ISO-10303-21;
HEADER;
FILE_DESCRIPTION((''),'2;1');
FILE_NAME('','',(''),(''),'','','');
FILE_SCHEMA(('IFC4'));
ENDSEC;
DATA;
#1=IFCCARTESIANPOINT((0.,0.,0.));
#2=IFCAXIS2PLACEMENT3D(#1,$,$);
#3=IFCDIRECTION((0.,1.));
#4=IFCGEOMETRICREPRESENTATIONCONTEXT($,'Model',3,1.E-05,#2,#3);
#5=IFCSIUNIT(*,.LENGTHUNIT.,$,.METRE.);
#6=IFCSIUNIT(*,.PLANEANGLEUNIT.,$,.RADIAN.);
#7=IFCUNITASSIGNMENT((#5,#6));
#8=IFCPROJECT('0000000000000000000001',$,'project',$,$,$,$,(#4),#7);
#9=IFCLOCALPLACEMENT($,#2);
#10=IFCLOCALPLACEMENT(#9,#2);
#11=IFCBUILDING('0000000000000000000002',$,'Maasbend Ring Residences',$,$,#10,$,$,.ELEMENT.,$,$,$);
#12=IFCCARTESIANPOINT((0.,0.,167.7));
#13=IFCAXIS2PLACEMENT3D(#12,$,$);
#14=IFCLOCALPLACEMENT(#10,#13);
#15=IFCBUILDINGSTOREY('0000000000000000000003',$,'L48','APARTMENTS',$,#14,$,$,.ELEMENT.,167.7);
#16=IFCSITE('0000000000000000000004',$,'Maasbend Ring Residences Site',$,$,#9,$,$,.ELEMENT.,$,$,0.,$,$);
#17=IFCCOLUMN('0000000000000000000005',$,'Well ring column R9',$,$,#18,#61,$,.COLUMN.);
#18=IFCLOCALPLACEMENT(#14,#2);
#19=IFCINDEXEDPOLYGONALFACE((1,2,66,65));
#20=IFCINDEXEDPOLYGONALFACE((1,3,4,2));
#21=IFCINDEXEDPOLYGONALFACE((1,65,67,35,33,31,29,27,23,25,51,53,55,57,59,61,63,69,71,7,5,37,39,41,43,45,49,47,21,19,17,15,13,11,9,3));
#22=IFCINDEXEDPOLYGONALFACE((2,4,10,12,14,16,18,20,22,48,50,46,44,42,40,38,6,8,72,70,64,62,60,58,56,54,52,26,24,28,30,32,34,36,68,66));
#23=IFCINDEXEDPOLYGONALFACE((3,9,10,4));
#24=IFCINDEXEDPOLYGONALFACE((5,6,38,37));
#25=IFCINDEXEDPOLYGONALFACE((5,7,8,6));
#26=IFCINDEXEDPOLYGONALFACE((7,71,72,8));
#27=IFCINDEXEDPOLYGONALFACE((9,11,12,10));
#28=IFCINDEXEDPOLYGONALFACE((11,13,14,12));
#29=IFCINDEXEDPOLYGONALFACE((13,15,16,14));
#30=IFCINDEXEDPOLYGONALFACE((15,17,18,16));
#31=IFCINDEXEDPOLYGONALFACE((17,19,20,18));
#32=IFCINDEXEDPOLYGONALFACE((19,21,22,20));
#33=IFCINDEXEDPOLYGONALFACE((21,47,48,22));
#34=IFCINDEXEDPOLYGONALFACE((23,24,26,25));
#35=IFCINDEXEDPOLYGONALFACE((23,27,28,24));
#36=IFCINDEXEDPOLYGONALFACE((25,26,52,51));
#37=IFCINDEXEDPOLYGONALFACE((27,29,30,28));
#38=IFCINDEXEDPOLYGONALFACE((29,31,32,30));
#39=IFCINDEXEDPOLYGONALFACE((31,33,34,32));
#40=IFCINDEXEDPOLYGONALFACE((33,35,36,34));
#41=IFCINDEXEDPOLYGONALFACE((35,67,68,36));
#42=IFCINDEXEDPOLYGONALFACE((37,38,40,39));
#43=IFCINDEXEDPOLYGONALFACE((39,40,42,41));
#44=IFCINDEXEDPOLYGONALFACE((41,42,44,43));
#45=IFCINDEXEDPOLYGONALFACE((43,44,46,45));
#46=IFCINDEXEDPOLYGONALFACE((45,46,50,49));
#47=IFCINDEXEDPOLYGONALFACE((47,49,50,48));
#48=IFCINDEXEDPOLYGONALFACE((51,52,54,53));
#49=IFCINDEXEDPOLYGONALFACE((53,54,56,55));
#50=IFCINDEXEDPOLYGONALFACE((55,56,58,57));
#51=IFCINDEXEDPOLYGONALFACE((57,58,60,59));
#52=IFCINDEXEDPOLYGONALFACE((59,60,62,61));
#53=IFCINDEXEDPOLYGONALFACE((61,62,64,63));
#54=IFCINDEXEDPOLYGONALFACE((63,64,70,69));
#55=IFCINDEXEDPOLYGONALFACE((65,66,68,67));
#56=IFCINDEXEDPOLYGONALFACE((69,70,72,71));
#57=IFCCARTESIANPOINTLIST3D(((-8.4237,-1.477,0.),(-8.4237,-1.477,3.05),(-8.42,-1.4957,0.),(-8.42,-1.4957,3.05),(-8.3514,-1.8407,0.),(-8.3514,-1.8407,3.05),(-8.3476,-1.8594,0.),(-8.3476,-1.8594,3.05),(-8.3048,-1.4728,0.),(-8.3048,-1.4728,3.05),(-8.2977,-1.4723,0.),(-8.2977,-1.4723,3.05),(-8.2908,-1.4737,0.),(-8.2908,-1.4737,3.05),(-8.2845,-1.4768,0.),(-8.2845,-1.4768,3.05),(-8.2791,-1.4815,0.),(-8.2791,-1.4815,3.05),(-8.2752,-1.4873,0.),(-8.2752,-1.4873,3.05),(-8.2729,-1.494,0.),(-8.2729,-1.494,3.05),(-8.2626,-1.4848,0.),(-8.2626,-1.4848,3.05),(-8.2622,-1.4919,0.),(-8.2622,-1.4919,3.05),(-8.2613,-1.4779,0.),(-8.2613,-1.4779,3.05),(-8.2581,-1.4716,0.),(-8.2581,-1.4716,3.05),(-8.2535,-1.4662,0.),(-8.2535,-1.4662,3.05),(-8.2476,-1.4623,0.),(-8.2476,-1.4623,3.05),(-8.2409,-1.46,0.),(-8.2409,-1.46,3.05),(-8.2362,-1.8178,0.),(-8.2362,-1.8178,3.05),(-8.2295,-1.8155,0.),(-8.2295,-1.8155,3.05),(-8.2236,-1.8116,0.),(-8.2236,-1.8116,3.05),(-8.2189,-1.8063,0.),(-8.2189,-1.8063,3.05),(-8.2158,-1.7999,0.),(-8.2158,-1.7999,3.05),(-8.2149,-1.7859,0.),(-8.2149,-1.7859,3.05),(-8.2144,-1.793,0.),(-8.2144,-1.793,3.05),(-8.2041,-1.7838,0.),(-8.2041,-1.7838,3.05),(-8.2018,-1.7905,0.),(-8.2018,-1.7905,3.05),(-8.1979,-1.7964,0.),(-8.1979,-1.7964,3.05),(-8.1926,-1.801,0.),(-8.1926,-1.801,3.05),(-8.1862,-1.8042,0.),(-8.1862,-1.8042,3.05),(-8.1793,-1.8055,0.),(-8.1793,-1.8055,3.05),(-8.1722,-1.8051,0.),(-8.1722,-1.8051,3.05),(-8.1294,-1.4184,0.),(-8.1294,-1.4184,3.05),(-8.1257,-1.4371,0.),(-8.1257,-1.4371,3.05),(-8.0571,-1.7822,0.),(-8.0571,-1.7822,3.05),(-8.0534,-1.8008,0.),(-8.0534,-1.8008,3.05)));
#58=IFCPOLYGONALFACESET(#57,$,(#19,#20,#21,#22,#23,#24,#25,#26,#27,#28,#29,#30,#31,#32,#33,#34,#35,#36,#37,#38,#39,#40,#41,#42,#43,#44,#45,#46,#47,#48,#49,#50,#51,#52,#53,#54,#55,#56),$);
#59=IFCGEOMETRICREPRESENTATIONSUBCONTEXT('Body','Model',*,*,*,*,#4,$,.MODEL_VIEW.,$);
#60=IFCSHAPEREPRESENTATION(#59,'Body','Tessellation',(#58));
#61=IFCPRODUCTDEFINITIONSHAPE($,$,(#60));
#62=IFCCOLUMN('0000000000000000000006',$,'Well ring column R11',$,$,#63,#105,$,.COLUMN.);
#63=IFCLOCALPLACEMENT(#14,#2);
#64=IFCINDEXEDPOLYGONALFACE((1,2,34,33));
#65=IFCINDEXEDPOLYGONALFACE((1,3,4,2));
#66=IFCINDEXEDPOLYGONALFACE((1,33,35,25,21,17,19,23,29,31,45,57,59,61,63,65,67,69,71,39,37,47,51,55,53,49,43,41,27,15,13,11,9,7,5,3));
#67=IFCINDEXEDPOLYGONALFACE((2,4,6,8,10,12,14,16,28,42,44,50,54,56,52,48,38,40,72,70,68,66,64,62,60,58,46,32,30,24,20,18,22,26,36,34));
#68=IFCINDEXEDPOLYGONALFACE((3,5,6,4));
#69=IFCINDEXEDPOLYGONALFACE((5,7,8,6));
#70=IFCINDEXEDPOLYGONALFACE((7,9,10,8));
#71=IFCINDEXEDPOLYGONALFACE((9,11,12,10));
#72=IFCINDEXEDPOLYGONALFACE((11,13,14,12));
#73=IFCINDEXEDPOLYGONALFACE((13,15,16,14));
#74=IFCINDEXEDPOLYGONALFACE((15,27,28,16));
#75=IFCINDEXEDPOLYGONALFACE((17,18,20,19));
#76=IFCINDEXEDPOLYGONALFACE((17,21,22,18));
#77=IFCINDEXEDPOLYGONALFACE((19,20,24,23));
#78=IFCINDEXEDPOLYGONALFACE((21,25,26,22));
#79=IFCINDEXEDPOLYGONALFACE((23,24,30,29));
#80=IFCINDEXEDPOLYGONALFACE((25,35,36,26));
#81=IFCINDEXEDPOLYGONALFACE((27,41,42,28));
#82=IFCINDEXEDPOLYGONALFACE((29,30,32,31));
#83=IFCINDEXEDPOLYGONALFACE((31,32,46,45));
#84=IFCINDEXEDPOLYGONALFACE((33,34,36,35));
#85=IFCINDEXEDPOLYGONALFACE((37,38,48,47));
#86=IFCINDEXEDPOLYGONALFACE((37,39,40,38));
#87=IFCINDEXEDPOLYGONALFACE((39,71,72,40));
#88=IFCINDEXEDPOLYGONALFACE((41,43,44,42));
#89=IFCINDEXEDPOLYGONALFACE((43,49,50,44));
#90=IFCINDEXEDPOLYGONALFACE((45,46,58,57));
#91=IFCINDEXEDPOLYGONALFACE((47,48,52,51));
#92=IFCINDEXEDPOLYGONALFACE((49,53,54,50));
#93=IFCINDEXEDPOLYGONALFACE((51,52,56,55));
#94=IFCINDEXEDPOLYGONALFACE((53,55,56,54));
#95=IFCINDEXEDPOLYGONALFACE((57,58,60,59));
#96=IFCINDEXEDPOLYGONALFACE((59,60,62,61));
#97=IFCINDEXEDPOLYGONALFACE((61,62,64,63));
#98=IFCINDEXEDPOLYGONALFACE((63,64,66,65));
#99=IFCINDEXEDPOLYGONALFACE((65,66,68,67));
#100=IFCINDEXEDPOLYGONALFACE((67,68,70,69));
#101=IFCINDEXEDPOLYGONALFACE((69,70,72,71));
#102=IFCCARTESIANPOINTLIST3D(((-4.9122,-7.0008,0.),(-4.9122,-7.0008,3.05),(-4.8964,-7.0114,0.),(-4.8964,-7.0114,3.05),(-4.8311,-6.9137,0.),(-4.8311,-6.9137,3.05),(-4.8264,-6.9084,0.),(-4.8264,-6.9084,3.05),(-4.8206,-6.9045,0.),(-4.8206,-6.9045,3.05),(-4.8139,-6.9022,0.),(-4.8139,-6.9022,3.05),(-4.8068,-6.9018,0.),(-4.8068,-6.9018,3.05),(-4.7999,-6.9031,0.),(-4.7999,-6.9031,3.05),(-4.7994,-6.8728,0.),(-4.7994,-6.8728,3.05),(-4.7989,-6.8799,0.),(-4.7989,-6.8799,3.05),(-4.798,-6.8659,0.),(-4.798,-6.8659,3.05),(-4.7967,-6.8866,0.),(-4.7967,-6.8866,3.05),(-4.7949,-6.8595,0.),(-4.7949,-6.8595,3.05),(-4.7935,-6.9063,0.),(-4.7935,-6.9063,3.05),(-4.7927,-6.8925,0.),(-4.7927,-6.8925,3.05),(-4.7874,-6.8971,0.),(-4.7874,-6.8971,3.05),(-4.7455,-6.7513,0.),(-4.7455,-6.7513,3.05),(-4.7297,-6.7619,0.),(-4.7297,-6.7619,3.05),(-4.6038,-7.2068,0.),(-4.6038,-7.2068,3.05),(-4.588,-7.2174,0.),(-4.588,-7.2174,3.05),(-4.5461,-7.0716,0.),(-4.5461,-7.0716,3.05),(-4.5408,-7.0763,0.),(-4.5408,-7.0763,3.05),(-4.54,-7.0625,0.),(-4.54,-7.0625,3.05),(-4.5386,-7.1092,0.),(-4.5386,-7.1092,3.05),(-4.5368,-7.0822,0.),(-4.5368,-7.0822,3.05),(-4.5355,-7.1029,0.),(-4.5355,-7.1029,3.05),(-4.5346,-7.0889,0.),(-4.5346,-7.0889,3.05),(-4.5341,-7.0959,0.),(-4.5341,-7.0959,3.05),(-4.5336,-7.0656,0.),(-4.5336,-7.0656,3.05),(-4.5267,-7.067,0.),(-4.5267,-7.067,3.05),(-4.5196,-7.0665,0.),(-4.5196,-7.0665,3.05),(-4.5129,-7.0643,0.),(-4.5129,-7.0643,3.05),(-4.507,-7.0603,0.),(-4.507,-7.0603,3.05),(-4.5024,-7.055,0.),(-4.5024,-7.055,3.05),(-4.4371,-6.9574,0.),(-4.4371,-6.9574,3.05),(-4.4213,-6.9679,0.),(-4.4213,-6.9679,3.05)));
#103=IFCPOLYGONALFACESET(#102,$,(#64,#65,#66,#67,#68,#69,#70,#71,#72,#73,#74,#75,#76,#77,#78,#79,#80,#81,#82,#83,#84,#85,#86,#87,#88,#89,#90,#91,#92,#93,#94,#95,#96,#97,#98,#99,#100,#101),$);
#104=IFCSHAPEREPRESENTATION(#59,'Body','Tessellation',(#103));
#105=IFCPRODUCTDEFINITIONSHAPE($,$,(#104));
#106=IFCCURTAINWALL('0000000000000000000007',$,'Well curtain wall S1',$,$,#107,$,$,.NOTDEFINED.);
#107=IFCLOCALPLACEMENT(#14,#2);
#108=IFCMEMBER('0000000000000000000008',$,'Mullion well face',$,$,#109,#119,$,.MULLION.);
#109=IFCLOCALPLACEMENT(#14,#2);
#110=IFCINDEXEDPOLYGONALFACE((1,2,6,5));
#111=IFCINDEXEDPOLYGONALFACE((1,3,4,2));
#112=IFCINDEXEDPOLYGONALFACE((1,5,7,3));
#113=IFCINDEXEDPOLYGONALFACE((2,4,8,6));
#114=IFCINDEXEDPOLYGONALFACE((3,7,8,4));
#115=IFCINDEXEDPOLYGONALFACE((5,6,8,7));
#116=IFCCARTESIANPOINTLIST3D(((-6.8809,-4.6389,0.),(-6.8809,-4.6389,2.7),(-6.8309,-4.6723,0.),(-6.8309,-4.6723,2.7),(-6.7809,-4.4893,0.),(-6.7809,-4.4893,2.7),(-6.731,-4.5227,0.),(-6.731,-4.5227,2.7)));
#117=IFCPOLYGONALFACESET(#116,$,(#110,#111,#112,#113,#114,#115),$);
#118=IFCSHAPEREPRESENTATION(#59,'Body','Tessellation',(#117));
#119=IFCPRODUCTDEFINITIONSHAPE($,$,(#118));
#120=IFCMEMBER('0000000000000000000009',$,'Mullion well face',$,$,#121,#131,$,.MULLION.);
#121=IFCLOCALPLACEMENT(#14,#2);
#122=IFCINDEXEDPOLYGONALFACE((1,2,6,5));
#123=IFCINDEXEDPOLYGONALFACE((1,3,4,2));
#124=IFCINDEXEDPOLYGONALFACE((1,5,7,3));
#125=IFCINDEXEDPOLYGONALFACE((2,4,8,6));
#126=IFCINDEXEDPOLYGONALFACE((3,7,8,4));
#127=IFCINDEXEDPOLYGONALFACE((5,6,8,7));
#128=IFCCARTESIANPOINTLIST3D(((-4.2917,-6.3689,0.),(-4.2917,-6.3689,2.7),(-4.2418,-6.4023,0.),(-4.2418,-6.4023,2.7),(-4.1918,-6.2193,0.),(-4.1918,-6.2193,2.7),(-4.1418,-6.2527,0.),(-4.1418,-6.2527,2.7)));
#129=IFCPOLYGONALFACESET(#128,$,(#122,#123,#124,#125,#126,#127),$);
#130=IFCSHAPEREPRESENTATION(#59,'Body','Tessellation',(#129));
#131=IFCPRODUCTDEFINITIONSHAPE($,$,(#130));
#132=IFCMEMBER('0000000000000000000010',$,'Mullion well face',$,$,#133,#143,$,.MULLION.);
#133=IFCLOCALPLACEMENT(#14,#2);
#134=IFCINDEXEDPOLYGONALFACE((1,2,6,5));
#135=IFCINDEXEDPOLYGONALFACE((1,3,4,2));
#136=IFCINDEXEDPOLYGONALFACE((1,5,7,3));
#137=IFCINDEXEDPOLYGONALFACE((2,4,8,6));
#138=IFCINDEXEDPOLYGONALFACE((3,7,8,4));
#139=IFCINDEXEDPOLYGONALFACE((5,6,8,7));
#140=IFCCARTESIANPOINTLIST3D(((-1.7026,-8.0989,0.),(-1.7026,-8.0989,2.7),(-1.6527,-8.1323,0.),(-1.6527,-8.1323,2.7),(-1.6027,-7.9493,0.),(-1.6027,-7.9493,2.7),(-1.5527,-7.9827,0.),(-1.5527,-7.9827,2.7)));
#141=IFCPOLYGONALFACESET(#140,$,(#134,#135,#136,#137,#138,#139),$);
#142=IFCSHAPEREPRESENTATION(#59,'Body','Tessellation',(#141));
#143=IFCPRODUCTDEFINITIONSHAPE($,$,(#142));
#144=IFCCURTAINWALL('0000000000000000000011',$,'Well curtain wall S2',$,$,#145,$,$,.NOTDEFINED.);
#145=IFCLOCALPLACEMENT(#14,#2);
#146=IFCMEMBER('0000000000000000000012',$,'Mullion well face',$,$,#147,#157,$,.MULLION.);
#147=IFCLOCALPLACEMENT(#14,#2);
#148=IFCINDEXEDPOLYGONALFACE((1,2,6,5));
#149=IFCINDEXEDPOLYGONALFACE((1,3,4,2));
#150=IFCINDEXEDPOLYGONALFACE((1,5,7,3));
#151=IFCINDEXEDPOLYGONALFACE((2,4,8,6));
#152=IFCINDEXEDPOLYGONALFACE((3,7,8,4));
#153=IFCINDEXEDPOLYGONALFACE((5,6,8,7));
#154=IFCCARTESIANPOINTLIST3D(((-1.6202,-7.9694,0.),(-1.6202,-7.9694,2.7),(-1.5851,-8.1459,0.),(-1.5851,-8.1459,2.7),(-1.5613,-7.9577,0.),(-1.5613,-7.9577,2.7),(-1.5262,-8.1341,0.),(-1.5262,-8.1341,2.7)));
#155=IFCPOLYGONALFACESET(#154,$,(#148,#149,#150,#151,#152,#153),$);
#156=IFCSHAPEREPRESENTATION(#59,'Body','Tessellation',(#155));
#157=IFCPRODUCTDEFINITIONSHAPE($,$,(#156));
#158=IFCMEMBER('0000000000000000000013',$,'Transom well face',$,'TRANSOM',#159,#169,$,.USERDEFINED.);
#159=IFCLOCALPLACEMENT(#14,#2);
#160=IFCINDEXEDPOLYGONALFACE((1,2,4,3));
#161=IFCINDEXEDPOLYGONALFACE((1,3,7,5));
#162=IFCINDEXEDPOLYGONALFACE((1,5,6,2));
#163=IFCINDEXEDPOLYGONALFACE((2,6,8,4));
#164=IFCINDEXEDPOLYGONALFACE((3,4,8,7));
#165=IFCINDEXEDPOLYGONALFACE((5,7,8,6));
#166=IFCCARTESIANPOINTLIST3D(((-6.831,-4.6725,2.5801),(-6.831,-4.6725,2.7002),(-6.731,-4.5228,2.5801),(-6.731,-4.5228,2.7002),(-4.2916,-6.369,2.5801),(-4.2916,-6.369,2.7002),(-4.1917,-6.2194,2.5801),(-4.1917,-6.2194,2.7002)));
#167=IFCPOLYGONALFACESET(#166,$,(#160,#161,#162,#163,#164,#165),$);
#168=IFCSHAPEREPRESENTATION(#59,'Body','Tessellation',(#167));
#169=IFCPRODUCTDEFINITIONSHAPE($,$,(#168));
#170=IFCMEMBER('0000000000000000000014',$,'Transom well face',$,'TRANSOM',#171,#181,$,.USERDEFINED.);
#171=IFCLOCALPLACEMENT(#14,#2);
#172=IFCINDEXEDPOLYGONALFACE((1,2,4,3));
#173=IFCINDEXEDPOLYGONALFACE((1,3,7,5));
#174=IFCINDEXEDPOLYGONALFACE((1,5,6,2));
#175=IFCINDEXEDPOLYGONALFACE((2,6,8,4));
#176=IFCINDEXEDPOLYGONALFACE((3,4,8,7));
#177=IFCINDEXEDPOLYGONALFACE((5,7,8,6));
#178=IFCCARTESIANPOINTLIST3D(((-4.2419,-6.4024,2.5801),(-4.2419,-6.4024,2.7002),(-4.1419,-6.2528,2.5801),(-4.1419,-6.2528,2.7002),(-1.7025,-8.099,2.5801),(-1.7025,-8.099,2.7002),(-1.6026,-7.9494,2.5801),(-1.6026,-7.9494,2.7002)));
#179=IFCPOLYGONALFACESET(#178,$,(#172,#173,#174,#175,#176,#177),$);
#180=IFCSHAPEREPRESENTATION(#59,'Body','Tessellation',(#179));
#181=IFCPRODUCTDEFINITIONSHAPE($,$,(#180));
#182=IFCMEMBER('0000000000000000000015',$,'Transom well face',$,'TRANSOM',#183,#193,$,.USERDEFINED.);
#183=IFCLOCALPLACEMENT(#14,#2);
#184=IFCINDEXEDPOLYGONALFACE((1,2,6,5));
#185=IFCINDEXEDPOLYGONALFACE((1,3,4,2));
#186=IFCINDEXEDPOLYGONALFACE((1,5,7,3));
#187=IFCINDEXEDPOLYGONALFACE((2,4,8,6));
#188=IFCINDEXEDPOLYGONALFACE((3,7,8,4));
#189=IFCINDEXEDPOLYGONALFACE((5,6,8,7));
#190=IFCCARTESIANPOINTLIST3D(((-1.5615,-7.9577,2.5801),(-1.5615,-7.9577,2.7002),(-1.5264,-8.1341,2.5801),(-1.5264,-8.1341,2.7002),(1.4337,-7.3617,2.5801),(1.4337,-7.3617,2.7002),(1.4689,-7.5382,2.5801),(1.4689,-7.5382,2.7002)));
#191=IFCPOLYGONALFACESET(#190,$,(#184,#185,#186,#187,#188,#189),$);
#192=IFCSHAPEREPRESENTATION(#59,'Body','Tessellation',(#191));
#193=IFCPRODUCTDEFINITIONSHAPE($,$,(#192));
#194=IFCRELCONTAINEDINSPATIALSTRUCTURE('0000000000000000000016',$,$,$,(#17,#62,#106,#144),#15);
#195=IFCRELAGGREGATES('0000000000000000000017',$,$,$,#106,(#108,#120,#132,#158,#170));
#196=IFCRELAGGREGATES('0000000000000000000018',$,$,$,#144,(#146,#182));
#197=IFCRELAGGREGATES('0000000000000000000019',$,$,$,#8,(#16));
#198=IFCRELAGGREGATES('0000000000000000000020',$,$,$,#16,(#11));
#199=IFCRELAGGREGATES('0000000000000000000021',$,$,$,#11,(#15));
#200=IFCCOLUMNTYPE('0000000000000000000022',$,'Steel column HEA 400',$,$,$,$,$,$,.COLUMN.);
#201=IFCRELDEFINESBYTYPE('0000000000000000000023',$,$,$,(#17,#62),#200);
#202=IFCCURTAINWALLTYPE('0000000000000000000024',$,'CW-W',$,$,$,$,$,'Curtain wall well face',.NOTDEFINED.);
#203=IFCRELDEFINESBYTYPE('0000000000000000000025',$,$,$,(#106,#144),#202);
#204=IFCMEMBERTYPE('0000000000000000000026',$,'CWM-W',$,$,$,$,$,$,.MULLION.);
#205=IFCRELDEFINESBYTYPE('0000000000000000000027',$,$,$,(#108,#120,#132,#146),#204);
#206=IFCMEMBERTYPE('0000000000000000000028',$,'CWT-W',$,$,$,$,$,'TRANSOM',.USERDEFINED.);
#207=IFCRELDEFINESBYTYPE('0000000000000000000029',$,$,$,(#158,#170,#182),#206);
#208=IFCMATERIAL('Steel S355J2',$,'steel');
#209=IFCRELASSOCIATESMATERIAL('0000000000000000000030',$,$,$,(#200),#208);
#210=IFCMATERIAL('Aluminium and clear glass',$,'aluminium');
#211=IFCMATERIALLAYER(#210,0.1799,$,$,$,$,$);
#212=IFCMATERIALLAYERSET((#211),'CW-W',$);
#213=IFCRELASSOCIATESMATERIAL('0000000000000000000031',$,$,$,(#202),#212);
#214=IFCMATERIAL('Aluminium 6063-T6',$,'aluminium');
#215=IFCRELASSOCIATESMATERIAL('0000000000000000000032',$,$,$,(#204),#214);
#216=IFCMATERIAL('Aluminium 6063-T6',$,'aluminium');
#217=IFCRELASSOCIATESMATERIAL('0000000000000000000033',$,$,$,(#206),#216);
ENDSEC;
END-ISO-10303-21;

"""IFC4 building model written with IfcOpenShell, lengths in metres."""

from ifc_helpers import new_model, si_unit, direction, frame, origin, origin_2d, place, context, subcontext, project, spatial, rectangle, i_section, extrude, material, layer, layer_set, material_profile, profile_set, type_object, element, aggregate, save


model = new_model("IFC4")

# Units and contexts
model_context = context("Model", 3, precision=1e-05, world=origin(), true_north=direction((0.0, 1.0)))
body_context = subcontext(model_context, "Body", "Model", "MODEL_VIEW")
ifc_project = project(units=[si_unit("LENGTHUNIT", "METRE"), si_unit("PLANEANGLEUNIT", "RADIAN")], contexts=[model_context])

# Site, building, storey
site_placement = place(None, origin())
site = spatial("IfcSite", under=ifc_project, at=site_placement, Name="Maasbend Ring Residences Site", CompositionType="ELEMENT", RefElevation=0.0)
building_placement = place(site_placement, origin())
building = spatial("IfcBuilding", under=site, at=building_placement, Name="Maasbend Ring Residences", CompositionType="ELEMENT")
storey_placement = place(building_placement, frame((0.0, 0.0, 167.7)))
storey = spatial("IfcBuildingStorey", under=building, at=storey_placement, Name="L48", Description="APARTMENTS", CompositionType="ELEMENT", Elevation=167.7)

# Columns
ifc_material_1 = material(Name="Steel S355J2", Category="steel")
ifc_material_profile_1 = material_profile(ifc_material_1, i_section(OverallWidth=0.3, OverallDepth=0.3899, WebThickness=0.011, FlangeThickness=0.019, FilletRadius=0.0271, at=origin_2d()), Name="HEA 400")
ifc_profile_set_1 = profile_set([ifc_material_profile_1], Name="Steel S355J2")
column_type = type_object("IfcColumnType", Name="Steel column HEA 400", PredefinedType="COLUMN", material=ifc_profile_set_1)
for number, where, z_axis, x_axis, name in (
    (1, (-8.2385, -1.6389, 0.0), (0.0, 0.0, 1.0), (-0.980785, -0.19509, 0.0), "Well ring column R9"),
    (2, (-4.6667, -6.9844, 0.0), (0.0, 0.0, 1.0), (-0.55557, -0.83147, 0.0), "Well ring column R11"),
):
    element("IfcColumn", number, at=place(storey_placement, frame(where, z_axis=z_axis, x_axis=x_axis)), inside=storey, type_object=column_type, Name=name, PredefinedType="COLUMN", context=body_context, shape_type="SweptSolid", body=[
        extrude(i_section(OverallWidth=0.3, OverallDepth=0.3899, WebThickness=0.011, FlangeThickness=0.019, FilletRadius=0.0271, at=origin_2d()), origin(), (0.0, 0.0, 1.0), 3.05),
    ])

# Curtain wall, members
ifc_material_2 = material(Name="Aluminium and clear glass", Category="aluminium")
ifc_layer_1 = layer(ifc_material_2, 0.1799)
ifc_layer_set_1 = layer_set([ifc_layer_1], Name="CW-W")
curtain_wall_type = type_object("IfcCurtainWallType", Name="CW-W", ElementType="Curtain wall well face", PredefinedType="NOTDEFINED", material=ifc_layer_set_1)
curtain_wall_1_placement = place(storey_placement, origin())
curtain_wall_1 = element("IfcCurtainWall", 3, at=curtain_wall_1_placement, inside=storey, type_object=curtain_wall_type, Name="Well curtain wall S1", PredefinedType="NOTDEFINED")
ifc_material_3 = material(Name="Aluminium 6063-T6", Category="aluminium")
ifc_material_profile_2 = material_profile(ifc_material_3, rectangle(XDim=0.1799, YDim=0.0601, at=origin_2d()), Name="AL 180x60")
ifc_profile_set_2 = profile_set([ifc_material_profile_2], Name="Aluminium 6063-T6")
member_type_1 = type_object("IfcMemberType", Name="CWM-W", PredefinedType="MULLION", material=ifc_profile_set_2)
member_1_placement = place(storey_placement, frame((-6.8059, -4.5808, 0.0), z_axis=(0.0, 0.0, 1.0), x_axis=(0.55557, 0.83147, 0.0)))
member_1 = element("IfcMember", 4, at=member_1_placement, type_object=member_type_1, Name="Mullion well face", PredefinedType="MULLION", context=body_context, shape_type="SweptSolid", body=[
    extrude(rectangle(XDim=0.1799, YDim=0.0601, at=origin_2d()), origin(), (0.0, 0.0, 1.0), 2.7),
])
member_2_placement = place(storey_placement, frame((-4.2168, -6.3108, 0.0), z_axis=(0.0, 0.0, 1.0), x_axis=(0.55557, 0.83147, 0.0)))
member_2 = element("IfcMember", 5, at=member_2_placement, type_object=member_type_1, Name="Mullion well face", PredefinedType="MULLION", context=body_context, shape_type="SweptSolid", body=[
    extrude(rectangle(XDim=0.1799, YDim=0.0601, at=origin_2d()), origin(), (0.0, 0.0, 1.0), 2.7),
])
member_3_placement = place(storey_placement, frame((-1.6277, -8.0408, 0.0), z_axis=(0.0, 0.0, 1.0), x_axis=(0.55557, 0.83147, 0.0)))
member_3 = element("IfcMember", 6, at=member_3_placement, type_object=member_type_1, Name="Mullion well face", PredefinedType="MULLION", context=body_context, shape_type="SweptSolid", body=[
    extrude(rectangle(XDim=0.1799, YDim=0.0601, at=origin_2d()), origin(), (0.0, 0.0, 1.0), 2.7),
])

# Curtain wall, member
curtain_wall_2_placement = place(storey_placement, origin())
curtain_wall_2 = element("IfcCurtainWall", 7, at=curtain_wall_2_placement, inside=storey, type_object=curtain_wall_type, Name="Well curtain wall S2", PredefinedType="NOTDEFINED")
member_4_placement = place(storey_placement, frame((-1.5732, -8.0518, 0.0), z_axis=(0.0, 0.0, 1.0), x_axis=(-0.19509, 0.980785, 0.0)))
member_4 = element("IfcMember", 8, at=member_4_placement, type_object=member_type_1, Name="Mullion well face", PredefinedType="MULLION", context=body_context, shape_type="SweptSolid", body=[
    extrude(rectangle(XDim=0.1799, YDim=0.0601, at=origin_2d()), origin(), (0.0, 0.0, 1.0), 2.7),
])

# Members
ifc_material_4 = material(Name="Aluminium 6063-T6", Category="aluminium")
ifc_material_profile_3 = material_profile(ifc_material_4, rectangle(XDim=0.1799, YDim=0.1201, at=origin_2d()), Name="AL 180x120")
ifc_profile_set_3 = profile_set([ifc_material_profile_3], Name="Aluminium 6063-T6")
member_type_2 = type_object("IfcMemberType", Name="CWT-W", ElementType="TRANSOM", PredefinedType="USERDEFINED", material=ifc_profile_set_3)
member_5_placement = place(storey_placement, frame((-6.781, -4.5977, 2.6401), z_axis=(0.831496, -0.55553, 0.0), x_axis=(0.55553, 0.831496, 0.0)))
member_5 = element("IfcMember", 9, at=member_5_placement, type_object=member_type_2, Name="Transom well face", ObjectType="TRANSOM", PredefinedType="USERDEFINED", context=body_context, shape_type="SweptSolid", body=[
    extrude(rectangle(XDim=0.1799, YDim=0.1201, at=origin_2d()), origin(), (0.0, 0.0, 1.0), 3.054),
])
member_6_placement = place(storey_placement, frame((-4.1919, -6.3276, 2.6401), z_axis=(0.831496, -0.55553, 0.0), x_axis=(0.55553, 0.831496, 0.0)))
member_6 = element("IfcMember", 10, at=member_6_placement, type_object=member_type_2, Name="Transom well face", ObjectType="TRANSOM", PredefinedType="USERDEFINED", context=body_context, shape_type="SweptSolid", body=[
    extrude(rectangle(XDim=0.1799, YDim=0.1201, at=origin_2d()), origin(), (0.0, 0.0, 1.0), 3.054),
])
member_7_placement = place(storey_placement, frame((-1.5439, -8.0459, 2.6401), z_axis=(0.980777, 0.195132, 0.0), x_axis=(-0.195132, 0.980777, 0.0)))
member_7 = element("IfcMember", 11, at=member_7_placement, type_object=member_type_2, Name="Transom well face", ObjectType="TRANSOM", PredefinedType="USERDEFINED", context=body_context, shape_type="SweptSolid", body=[
    extrude(rectangle(XDim=0.1799, YDim=0.1201, at=origin_2d()), origin(), (0.0, 0.0, 1.0), 3.054),
])

aggregate(curtain_wall_1, [member_1, member_2, member_3, member_5, member_6])
aggregate(curtain_wall_2, [member_4, member_7])

save(model, "model.ifc")
